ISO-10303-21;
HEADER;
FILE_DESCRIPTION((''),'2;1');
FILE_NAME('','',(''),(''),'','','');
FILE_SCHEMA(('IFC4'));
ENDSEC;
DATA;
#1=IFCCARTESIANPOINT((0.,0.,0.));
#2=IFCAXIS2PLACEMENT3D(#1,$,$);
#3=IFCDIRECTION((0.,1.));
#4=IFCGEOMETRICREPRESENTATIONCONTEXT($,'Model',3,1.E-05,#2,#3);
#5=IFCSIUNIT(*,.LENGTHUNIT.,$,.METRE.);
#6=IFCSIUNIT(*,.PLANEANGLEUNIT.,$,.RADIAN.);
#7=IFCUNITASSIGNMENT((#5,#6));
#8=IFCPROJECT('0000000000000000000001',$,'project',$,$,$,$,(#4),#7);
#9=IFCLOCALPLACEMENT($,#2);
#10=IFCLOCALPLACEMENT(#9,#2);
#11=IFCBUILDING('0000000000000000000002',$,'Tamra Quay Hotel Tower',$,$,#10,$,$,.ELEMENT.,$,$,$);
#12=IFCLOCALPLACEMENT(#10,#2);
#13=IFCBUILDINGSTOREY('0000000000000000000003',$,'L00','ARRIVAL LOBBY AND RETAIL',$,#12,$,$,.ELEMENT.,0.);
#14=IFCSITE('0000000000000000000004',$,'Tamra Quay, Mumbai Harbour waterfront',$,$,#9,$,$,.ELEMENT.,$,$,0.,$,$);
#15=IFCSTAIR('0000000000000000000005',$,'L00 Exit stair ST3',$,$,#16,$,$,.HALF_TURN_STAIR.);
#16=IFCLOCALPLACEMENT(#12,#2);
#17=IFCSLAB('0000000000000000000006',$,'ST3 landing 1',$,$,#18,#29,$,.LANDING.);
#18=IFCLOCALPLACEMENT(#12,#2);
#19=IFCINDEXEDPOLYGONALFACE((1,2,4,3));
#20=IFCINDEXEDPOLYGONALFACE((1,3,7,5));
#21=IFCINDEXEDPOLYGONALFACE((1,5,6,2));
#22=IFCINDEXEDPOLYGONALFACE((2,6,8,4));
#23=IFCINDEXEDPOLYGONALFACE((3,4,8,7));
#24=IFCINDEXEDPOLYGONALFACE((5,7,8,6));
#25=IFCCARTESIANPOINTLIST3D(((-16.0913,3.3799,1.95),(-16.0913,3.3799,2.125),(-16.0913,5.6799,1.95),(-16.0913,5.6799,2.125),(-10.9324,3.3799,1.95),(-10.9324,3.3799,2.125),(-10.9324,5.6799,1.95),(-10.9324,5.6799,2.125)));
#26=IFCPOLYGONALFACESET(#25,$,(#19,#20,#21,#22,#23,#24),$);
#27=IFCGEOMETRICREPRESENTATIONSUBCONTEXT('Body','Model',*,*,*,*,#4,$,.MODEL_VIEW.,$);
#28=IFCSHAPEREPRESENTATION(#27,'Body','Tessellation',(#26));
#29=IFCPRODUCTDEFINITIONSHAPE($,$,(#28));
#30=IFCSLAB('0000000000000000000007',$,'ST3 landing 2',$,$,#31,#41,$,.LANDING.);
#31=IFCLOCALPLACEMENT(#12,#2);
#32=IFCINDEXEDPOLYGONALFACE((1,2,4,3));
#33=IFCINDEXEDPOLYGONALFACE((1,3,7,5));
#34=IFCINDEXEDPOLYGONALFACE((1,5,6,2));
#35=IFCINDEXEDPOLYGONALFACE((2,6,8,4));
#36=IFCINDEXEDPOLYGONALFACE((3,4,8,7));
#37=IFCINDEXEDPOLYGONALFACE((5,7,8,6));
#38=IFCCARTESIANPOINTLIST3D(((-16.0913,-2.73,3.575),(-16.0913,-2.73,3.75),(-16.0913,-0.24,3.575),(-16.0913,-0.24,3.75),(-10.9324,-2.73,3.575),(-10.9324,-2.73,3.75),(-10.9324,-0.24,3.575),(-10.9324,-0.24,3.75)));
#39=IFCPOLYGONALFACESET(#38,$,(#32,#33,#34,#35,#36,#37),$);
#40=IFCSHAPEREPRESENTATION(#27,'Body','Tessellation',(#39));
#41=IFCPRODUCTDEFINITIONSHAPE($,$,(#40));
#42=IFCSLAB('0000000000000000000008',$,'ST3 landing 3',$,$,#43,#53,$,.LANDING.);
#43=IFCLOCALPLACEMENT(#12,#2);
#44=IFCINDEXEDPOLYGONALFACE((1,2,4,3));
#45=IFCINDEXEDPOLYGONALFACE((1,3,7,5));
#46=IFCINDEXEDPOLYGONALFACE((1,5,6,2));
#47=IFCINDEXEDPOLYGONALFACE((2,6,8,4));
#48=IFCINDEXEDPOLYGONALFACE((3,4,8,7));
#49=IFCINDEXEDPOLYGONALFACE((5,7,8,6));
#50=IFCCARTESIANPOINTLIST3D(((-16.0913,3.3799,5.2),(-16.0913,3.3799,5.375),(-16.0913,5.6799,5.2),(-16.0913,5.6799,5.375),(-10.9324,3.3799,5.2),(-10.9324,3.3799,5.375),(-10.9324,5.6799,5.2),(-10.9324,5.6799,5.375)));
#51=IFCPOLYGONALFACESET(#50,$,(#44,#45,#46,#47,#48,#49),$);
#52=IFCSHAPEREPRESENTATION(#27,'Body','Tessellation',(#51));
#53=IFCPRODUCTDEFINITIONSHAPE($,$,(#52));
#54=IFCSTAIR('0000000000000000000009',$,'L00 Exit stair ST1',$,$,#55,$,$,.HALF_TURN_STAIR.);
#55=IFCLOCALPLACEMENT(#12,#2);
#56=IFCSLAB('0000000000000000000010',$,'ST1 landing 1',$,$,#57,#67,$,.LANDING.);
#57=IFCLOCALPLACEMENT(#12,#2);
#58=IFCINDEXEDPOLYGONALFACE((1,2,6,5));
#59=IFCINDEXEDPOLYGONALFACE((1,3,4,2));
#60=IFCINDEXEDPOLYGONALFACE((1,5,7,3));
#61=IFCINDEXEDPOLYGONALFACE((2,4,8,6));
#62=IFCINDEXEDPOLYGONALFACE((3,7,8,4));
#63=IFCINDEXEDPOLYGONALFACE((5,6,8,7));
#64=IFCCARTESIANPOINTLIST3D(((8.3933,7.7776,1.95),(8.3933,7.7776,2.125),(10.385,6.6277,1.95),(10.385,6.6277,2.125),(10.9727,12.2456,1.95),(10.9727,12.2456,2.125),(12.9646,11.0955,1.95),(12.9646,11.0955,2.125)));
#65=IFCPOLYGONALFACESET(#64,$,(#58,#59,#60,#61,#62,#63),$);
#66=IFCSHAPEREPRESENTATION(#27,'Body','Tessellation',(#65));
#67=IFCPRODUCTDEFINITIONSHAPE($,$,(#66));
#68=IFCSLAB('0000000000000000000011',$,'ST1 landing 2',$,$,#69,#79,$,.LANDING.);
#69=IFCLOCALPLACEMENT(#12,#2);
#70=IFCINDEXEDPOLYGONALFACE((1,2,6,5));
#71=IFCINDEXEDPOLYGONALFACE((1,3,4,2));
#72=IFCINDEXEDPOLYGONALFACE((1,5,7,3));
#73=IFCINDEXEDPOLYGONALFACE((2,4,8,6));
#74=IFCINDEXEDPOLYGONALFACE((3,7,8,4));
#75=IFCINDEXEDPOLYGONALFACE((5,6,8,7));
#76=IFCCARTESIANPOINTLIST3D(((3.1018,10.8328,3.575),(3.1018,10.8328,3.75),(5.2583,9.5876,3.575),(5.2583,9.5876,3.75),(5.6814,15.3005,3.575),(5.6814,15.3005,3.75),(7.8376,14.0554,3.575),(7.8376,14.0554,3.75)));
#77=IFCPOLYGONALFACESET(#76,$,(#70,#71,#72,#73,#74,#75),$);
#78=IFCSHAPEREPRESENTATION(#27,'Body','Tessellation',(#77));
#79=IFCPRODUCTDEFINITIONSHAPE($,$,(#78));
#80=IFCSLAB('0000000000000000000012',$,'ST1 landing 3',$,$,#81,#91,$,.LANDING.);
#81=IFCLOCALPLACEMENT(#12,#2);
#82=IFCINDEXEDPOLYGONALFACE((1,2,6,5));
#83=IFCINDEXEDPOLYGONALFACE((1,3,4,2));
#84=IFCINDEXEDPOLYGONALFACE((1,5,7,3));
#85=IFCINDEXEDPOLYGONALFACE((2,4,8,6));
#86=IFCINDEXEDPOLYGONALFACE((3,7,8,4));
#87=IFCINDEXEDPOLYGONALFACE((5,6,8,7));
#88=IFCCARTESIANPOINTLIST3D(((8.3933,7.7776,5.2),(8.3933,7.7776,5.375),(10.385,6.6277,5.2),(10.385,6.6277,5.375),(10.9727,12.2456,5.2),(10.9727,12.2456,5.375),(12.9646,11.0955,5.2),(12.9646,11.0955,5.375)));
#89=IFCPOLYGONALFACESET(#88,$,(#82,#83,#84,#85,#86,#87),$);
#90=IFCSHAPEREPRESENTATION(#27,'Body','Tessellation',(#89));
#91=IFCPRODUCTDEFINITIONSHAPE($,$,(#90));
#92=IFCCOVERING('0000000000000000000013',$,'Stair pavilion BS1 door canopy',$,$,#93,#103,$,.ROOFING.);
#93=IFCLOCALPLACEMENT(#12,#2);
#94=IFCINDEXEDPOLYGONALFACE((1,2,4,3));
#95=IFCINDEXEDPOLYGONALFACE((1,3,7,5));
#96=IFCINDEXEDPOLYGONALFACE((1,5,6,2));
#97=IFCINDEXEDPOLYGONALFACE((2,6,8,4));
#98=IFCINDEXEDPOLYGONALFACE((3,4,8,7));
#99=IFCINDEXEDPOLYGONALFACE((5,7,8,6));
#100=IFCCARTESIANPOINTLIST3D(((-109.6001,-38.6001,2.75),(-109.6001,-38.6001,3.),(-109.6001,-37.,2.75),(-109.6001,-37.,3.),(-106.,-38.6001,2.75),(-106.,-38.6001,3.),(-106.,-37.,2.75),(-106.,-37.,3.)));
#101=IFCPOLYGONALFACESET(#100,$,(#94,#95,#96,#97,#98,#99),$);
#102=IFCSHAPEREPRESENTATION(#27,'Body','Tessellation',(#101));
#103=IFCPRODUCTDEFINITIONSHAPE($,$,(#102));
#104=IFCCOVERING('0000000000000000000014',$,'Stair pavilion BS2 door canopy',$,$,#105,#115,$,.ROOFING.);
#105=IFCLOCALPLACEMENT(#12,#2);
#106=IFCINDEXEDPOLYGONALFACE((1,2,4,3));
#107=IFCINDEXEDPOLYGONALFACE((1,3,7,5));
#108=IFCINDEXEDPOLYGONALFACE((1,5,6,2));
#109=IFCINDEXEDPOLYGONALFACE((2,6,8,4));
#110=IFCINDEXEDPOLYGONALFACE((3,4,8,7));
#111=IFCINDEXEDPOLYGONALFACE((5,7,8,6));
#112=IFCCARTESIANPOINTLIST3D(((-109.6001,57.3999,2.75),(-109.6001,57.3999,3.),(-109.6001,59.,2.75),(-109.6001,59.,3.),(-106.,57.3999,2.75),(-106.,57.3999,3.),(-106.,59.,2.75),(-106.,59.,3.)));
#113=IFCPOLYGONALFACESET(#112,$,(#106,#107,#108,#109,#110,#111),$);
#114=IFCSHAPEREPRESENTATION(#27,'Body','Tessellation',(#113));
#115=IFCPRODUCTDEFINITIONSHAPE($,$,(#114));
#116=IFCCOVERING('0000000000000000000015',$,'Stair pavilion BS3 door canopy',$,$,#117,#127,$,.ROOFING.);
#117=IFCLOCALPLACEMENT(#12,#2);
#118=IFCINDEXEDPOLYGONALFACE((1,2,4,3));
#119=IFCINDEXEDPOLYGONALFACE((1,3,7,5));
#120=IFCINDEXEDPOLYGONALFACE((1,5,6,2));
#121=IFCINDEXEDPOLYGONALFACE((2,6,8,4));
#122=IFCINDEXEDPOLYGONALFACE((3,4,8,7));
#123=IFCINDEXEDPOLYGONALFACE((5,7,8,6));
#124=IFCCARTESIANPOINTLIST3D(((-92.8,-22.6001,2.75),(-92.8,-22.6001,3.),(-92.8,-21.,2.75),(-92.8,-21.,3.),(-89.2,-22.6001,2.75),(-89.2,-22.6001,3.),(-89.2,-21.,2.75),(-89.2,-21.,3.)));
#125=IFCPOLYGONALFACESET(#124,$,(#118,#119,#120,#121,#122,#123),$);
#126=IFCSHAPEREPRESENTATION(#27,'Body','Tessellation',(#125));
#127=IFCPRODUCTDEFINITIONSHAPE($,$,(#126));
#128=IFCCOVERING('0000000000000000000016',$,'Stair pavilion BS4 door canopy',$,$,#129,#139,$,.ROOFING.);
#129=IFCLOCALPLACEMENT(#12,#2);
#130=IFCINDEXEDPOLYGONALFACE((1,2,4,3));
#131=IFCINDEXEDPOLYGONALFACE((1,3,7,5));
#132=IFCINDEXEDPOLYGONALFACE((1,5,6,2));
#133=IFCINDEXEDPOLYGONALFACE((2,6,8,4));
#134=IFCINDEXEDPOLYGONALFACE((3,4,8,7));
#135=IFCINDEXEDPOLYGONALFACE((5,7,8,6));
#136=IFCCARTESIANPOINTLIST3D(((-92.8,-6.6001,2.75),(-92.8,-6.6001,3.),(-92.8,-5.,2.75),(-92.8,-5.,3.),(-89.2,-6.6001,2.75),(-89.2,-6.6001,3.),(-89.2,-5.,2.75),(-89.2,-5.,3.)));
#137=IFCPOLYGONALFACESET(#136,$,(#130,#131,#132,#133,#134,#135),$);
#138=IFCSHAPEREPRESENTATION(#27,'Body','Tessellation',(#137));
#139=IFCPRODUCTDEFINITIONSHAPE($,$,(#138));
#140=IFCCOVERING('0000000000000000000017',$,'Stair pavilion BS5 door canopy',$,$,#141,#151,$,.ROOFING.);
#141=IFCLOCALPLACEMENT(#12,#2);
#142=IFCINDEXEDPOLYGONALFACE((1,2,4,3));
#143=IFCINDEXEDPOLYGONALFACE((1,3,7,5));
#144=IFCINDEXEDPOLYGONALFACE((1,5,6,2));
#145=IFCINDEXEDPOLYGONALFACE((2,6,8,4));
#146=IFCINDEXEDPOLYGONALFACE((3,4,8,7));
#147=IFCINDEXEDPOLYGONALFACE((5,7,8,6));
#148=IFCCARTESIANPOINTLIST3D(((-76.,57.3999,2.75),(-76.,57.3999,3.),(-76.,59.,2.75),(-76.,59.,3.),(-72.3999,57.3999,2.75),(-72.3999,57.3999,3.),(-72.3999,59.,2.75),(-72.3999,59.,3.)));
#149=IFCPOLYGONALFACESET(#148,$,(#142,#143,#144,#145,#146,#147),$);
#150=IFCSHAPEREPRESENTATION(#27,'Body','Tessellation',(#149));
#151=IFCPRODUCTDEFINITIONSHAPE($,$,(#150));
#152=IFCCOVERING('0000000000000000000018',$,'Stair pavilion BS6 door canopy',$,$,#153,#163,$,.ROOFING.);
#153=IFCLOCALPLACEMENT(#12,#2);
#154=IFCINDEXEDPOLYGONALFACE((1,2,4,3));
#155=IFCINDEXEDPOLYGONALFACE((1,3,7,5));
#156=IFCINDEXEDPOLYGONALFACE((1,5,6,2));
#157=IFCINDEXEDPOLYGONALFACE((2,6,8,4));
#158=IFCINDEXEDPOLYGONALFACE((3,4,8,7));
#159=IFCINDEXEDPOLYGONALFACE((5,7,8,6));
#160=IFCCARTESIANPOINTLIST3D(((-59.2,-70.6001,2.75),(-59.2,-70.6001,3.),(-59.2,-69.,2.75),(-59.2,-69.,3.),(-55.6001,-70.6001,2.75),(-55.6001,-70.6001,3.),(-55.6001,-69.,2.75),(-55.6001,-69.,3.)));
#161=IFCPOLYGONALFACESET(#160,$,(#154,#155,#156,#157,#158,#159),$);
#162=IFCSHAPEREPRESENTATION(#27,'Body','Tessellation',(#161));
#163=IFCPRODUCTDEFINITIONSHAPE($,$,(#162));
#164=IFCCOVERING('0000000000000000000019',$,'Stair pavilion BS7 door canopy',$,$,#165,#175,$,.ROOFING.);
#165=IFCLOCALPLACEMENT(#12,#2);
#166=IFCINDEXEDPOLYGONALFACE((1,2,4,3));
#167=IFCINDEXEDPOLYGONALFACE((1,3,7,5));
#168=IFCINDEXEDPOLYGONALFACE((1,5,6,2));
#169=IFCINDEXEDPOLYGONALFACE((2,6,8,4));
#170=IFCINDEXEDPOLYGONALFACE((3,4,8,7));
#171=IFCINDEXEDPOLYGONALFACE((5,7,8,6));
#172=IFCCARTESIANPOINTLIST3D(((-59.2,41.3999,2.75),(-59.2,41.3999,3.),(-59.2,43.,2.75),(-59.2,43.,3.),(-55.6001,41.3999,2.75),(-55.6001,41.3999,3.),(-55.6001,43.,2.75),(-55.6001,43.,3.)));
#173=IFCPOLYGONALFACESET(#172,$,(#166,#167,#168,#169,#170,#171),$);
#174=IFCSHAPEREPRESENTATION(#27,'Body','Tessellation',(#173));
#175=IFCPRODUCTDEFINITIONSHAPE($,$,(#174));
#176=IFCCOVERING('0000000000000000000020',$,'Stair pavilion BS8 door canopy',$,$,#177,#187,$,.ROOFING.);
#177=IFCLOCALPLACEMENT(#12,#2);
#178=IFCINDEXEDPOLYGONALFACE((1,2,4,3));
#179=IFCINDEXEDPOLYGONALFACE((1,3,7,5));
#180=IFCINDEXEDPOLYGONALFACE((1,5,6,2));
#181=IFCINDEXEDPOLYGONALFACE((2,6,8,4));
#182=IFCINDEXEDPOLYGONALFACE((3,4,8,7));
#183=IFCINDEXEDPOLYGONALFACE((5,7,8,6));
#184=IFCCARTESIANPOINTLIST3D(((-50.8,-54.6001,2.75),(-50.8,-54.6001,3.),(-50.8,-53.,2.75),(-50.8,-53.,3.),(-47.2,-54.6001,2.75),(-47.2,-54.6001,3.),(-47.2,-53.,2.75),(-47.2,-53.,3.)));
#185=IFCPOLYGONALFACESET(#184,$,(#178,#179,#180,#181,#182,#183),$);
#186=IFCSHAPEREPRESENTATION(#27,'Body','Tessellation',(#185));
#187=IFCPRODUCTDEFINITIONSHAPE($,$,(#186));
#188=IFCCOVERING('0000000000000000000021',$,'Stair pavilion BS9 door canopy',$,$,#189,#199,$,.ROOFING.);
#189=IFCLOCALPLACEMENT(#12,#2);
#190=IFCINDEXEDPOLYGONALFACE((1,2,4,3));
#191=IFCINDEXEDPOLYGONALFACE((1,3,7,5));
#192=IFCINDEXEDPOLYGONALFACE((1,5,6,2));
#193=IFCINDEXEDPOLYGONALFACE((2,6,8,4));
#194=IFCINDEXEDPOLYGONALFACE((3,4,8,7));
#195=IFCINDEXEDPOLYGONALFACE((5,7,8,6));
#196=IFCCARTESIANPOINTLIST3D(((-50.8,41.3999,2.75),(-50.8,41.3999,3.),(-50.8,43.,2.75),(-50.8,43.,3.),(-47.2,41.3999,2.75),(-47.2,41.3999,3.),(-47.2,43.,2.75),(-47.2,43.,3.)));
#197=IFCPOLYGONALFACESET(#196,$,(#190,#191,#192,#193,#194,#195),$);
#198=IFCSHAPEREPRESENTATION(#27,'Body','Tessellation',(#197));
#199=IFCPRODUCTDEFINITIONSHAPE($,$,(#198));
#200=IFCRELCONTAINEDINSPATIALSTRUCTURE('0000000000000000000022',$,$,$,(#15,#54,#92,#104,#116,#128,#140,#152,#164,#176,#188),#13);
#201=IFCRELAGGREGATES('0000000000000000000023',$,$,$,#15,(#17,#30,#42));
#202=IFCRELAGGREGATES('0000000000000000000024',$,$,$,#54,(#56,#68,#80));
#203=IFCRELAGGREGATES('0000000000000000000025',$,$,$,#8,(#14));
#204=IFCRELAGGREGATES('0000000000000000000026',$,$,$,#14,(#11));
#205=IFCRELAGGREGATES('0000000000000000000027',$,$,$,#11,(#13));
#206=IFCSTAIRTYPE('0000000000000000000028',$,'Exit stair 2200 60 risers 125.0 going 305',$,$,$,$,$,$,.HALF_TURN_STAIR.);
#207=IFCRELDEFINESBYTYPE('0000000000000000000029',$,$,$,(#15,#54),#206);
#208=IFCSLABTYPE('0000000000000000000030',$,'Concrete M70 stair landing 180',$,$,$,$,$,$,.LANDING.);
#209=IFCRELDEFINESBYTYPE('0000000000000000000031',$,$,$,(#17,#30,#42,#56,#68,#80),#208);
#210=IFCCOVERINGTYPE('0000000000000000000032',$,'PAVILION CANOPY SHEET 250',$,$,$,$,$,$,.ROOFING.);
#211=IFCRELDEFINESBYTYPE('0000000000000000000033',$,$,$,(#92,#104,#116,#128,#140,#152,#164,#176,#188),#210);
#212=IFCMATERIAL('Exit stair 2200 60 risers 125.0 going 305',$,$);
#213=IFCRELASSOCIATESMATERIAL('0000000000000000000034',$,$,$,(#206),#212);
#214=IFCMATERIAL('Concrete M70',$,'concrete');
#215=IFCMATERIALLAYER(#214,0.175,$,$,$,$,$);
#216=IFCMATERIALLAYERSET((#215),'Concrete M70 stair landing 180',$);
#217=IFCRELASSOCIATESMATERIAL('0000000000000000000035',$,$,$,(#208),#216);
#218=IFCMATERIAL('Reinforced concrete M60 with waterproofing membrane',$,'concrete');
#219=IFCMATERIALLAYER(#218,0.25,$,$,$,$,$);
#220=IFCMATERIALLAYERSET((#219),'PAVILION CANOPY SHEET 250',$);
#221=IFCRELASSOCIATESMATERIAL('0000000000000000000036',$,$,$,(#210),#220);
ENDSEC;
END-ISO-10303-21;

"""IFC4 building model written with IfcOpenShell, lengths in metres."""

from ifc_helpers import new_model, si_unit, direction, frame, origin, place, context, subcontext, project, spatial, polyline, outline, extrude, material, layer, layer_set, type_object, element, aggregate, save


model = new_model("IFC4")

# Units and contexts
model_context = context("Model", 3, precision=1e-05, world=origin(), true_north=direction((0.0, 1.0)))
body_context = subcontext(model_context, "Body", "Model", "MODEL_VIEW")
ifc_project = project(units=[si_unit("LENGTHUNIT", "METRE"), si_unit("PLANEANGLEUNIT", "RADIAN")], contexts=[model_context])

# Site, building, storey
site_placement = place(None, origin())
site = spatial("IfcSite", under=ifc_project, at=site_placement, Name="Tamra Quay, Mumbai Harbour waterfront", CompositionType="ELEMENT", RefElevation=0.0)
building_placement = place(site_placement, origin())
building = spatial("IfcBuilding", under=site, at=building_placement, Name="Tamra Quay Hotel Tower", CompositionType="ELEMENT")
storey_placement = place(building_placement, origin())
storey = spatial("IfcBuildingStorey", under=building, at=storey_placement, Name="L00", Description="ARRIVAL LOBBY AND RETAIL", CompositionType="ELEMENT", Elevation=0.0)

# Stairs, slabs
ifc_material_1 = material(Name="Exit stair 2200 60 risers 125.0 going 305")
stair_type = type_object("IfcStairType", Name="Exit stair 2200 60 risers 125.0 going 305", PredefinedType="HALF_TURN_STAIR", material=ifc_material_1)
stair_1_placement = place(storey_placement, origin())
stair_1 = element("IfcStair", 1, at=stair_1_placement, inside=storey, type_object=stair_type, Name="L00 Exit stair ST3", PredefinedType="HALF_TURN_STAIR")
ifc_material_2 = material(Name="Concrete M70", Category="concrete")
ifc_layer_1 = layer(ifc_material_2, 0.175)
ifc_layer_set_1 = layer_set([ifc_layer_1], Name="Concrete M70 stair landing 180")
slab_type = type_object("IfcSlabType", Name="Concrete M70 stair landing 180", PredefinedType="LANDING", material=ifc_layer_set_1)
slab_1_placement = place(storey_placement, frame((0.0, 0.0, 1.95)))
slab_1 = element("IfcSlab", 2, at=slab_1_placement, type_object=slab_type, Name="ST3 landing 1", PredefinedType="LANDING", context=body_context, shape_type="SweptSolid", body=[
    extrude(outline(polyline([(-10.9324, 3.3799), (-10.9324, 5.6799), (-16.0913, 5.6799), (-16.0913, 3.3799), (-10.9324, 3.3799)])), origin(), (0.0, 0.0, 1.0), 0.175),
])
slab_2_placement = place(storey_placement, frame((0.0, 0.0, 3.575)))
slab_2 = element("IfcSlab", 3, at=slab_2_placement, type_object=slab_type, Name="ST3 landing 2", PredefinedType="LANDING", context=body_context, shape_type="SweptSolid", body=[
    extrude(outline(polyline([(-10.9324, -2.73), (-10.9324, -0.24), (-16.0913, -0.24), (-16.0913, -2.73), (-10.9324, -2.73)])), origin(), (0.0, 0.0, 1.0), 0.175),
])
slab_3_placement = place(storey_placement, frame((0.0, 0.0, 5.2)))
slab_3 = element("IfcSlab", 4, at=slab_3_placement, type_object=slab_type, Name="ST3 landing 3", PredefinedType="LANDING", context=body_context, shape_type="SweptSolid", body=[
    extrude(outline(polyline([(-10.9324, 3.3799), (-10.9324, 5.6799), (-16.0913, 5.6799), (-16.0913, 3.3799), (-10.9324, 3.3799)])), origin(), (0.0, 0.0, 1.0), 0.175),
])
aggregate(stair_1, [slab_1, slab_2, slab_3])
stair_2_placement = place(storey_placement, origin())
stair_2 = element("IfcStair", 5, at=stair_2_placement, inside=storey, type_object=stair_type, Name="L00 Exit stair ST1", PredefinedType="HALF_TURN_STAIR")
slab_4_placement = place(storey_placement, frame((0.0, 0.0, 1.95)))
slab_4 = element("IfcSlab", 6, at=slab_4_placement, type_object=slab_type, Name="ST1 landing 1", PredefinedType="LANDING", context=body_context, shape_type="SweptSolid", body=[
    extrude(outline(polyline([(8.3933, 7.7776), (10.385, 6.6277), (12.9646, 11.0955), (10.9727, 12.2456), (8.3933, 7.7776)])), origin(), (0.0, 0.0, 1.0), 0.175),
])
slab_5_placement = place(storey_placement, frame((0.0, 0.0, 3.575)))
slab_5 = element("IfcSlab", 7, at=slab_5_placement, type_object=slab_type, Name="ST1 landing 2", PredefinedType="LANDING", context=body_context, shape_type="SweptSolid", body=[
    extrude(outline(polyline([(3.1018, 10.8328), (5.2583, 9.5876), (7.8376, 14.0554), (5.6814, 15.3005), (3.1018, 10.8328)])), origin(), (0.0, 0.0, 1.0), 0.175),
])
slab_6_placement = place(storey_placement, frame((0.0, 0.0, 5.2)))
slab_6 = element("IfcSlab", 8, at=slab_6_placement, type_object=slab_type, Name="ST1 landing 3", PredefinedType="LANDING", context=body_context, shape_type="SweptSolid", body=[
    extrude(outline(polyline([(8.3933, 7.7776), (10.385, 6.6277), (12.9646, 11.0955), (10.9727, 12.2456), (8.3933, 7.7776)])), origin(), (0.0, 0.0, 1.0), 0.175),
])
aggregate(stair_2, [slab_4, slab_5, slab_6])

# Coverings
ifc_material_3 = material(Name="Reinforced concrete M60 with waterproofing membrane", Category="concrete")
ifc_layer_2 = layer(ifc_material_3, 0.25)
ifc_layer_set_2 = layer_set([ifc_layer_2], Name="PAVILION CANOPY SHEET 250")
covering_type = type_object("IfcCoveringType", Name="PAVILION CANOPY SHEET 250", PredefinedType="ROOFING", material=ifc_layer_set_2)
covering_1_placement = place(storey_placement, frame((0.0, 0.0, 2.75)))
element("IfcCovering", 9, at=covering_1_placement, inside=storey, type_object=covering_type, Name="Stair pavilion BS1 door canopy", PredefinedType="ROOFING", context=body_context, shape_type="SweptSolid", body=[
    extrude(outline(polyline([(-109.6001, -37.0), (-106.0, -37.0), (-106.0, -38.6001), (-109.6001, -38.6001), (-109.6001, -37.0)])), origin(), (0.0, 0.0, 1.0), 0.25),
])
covering_2_placement = place(storey_placement, frame((0.0, 0.0, 2.75)))
element("IfcCovering", 10, at=covering_2_placement, inside=storey, type_object=covering_type, Name="Stair pavilion BS2 door canopy", PredefinedType="ROOFING", context=body_context, shape_type="SweptSolid", body=[
    extrude(outline(polyline([(-109.6001, 59.0), (-106.0, 59.0), (-106.0, 57.3999), (-109.6001, 57.3999), (-109.6001, 59.0)])), origin(), (0.0, 0.0, 1.0), 0.25),
])
covering_3_placement = place(storey_placement, frame((0.0, 0.0, 2.75)))
element("IfcCovering", 11, at=covering_3_placement, inside=storey, type_object=covering_type, Name="Stair pavilion BS3 door canopy", PredefinedType="ROOFING", context=body_context, shape_type="SweptSolid", body=[
    extrude(outline(polyline([(-92.8, -21.0), (-89.2, -21.0), (-89.2, -22.6001), (-92.8, -22.6001), (-92.8, -21.0)])), origin(), (0.0, 0.0, 1.0), 0.25),
])
covering_4_placement = place(storey_placement, frame((0.0, 0.0, 2.75)))
element("IfcCovering", 12, at=covering_4_placement, inside=storey, type_object=covering_type, Name="Stair pavilion BS4 door canopy", PredefinedType="ROOFING", context=body_context, shape_type="SweptSolid", body=[
    extrude(outline(polyline([(-92.8, -5.0), (-89.2, -5.0), (-89.2, -6.6001), (-92.8, -6.6001), (-92.8, -5.0)])), origin(), (0.0, 0.0, 1.0), 0.25),
])
covering_5_placement = place(storey_placement, frame((0.0, 0.0, 2.75)))
element("IfcCovering", 13, at=covering_5_placement, inside=storey, type_object=covering_type, Name="Stair pavilion BS5 door canopy", PredefinedType="ROOFING", context=body_context, shape_type="SweptSolid", body=[
    extrude(outline(polyline([(-76.0, 59.0), (-72.3999, 59.0), (-72.3999, 57.3999), (-76.0, 57.3999), (-76.0, 59.0)])), origin(), (0.0, 0.0, 1.0), 0.25),
])
covering_6_placement = place(storey_placement, frame((0.0, 0.0, 2.75)))
element("IfcCovering", 14, at=covering_6_placement, inside=storey, type_object=covering_type, Name="Stair pavilion BS6 door canopy", PredefinedType="ROOFING", context=body_context, shape_type="SweptSolid", body=[
    extrude(outline(polyline([(-59.2, -69.0), (-55.6001, -69.0), (-55.6001, -70.6001), (-59.2, -70.6001), (-59.2, -69.0)])), origin(), (0.0, 0.0, 1.0), 0.25),
])
covering_7_placement = place(storey_placement, frame((0.0, 0.0, 2.75)))
element("IfcCovering", 15, at=covering_7_placement, inside=storey, type_object=covering_type, Name="Stair pavilion BS7 door canopy", PredefinedType="ROOFING", context=body_context, shape_type="SweptSolid", body=[
    extrude(outline(polyline([(-59.2, 43.0), (-55.6001, 43.0), (-55.6001, 41.3999), (-59.2, 41.3999), (-59.2, 43.0)])), origin(), (0.0, 0.0, 1.0), 0.25),
])
covering_8_placement = place(storey_placement, frame((0.0, 0.0, 2.75)))
element("IfcCovering", 16, at=covering_8_placement, inside=storey, type_object=covering_type, Name="Stair pavilion BS8 door canopy", PredefinedType="ROOFING", context=body_context, shape_type="SweptSolid", body=[
    extrude(outline(polyline([(-50.8, -53.0), (-47.2, -53.0), (-47.2, -54.6001), (-50.8, -54.6001), (-50.8, -53.0)])), origin(), (0.0, 0.0, 1.0), 0.25),
])
covering_9_placement = place(storey_placement, frame((0.0, 0.0, 2.75)))
element("IfcCovering", 17, at=covering_9_placement, inside=storey, type_object=covering_type, Name="Stair pavilion BS9 door canopy", PredefinedType="ROOFING", context=body_context, shape_type="SweptSolid", body=[
    extrude(outline(polyline([(-50.8, 43.0), (-47.2, 43.0), (-47.2, 41.3999), (-50.8, 41.3999), (-50.8, 43.0)])), origin(), (0.0, 0.0, 1.0), 0.25),
])

save(model, "model.ifc")
